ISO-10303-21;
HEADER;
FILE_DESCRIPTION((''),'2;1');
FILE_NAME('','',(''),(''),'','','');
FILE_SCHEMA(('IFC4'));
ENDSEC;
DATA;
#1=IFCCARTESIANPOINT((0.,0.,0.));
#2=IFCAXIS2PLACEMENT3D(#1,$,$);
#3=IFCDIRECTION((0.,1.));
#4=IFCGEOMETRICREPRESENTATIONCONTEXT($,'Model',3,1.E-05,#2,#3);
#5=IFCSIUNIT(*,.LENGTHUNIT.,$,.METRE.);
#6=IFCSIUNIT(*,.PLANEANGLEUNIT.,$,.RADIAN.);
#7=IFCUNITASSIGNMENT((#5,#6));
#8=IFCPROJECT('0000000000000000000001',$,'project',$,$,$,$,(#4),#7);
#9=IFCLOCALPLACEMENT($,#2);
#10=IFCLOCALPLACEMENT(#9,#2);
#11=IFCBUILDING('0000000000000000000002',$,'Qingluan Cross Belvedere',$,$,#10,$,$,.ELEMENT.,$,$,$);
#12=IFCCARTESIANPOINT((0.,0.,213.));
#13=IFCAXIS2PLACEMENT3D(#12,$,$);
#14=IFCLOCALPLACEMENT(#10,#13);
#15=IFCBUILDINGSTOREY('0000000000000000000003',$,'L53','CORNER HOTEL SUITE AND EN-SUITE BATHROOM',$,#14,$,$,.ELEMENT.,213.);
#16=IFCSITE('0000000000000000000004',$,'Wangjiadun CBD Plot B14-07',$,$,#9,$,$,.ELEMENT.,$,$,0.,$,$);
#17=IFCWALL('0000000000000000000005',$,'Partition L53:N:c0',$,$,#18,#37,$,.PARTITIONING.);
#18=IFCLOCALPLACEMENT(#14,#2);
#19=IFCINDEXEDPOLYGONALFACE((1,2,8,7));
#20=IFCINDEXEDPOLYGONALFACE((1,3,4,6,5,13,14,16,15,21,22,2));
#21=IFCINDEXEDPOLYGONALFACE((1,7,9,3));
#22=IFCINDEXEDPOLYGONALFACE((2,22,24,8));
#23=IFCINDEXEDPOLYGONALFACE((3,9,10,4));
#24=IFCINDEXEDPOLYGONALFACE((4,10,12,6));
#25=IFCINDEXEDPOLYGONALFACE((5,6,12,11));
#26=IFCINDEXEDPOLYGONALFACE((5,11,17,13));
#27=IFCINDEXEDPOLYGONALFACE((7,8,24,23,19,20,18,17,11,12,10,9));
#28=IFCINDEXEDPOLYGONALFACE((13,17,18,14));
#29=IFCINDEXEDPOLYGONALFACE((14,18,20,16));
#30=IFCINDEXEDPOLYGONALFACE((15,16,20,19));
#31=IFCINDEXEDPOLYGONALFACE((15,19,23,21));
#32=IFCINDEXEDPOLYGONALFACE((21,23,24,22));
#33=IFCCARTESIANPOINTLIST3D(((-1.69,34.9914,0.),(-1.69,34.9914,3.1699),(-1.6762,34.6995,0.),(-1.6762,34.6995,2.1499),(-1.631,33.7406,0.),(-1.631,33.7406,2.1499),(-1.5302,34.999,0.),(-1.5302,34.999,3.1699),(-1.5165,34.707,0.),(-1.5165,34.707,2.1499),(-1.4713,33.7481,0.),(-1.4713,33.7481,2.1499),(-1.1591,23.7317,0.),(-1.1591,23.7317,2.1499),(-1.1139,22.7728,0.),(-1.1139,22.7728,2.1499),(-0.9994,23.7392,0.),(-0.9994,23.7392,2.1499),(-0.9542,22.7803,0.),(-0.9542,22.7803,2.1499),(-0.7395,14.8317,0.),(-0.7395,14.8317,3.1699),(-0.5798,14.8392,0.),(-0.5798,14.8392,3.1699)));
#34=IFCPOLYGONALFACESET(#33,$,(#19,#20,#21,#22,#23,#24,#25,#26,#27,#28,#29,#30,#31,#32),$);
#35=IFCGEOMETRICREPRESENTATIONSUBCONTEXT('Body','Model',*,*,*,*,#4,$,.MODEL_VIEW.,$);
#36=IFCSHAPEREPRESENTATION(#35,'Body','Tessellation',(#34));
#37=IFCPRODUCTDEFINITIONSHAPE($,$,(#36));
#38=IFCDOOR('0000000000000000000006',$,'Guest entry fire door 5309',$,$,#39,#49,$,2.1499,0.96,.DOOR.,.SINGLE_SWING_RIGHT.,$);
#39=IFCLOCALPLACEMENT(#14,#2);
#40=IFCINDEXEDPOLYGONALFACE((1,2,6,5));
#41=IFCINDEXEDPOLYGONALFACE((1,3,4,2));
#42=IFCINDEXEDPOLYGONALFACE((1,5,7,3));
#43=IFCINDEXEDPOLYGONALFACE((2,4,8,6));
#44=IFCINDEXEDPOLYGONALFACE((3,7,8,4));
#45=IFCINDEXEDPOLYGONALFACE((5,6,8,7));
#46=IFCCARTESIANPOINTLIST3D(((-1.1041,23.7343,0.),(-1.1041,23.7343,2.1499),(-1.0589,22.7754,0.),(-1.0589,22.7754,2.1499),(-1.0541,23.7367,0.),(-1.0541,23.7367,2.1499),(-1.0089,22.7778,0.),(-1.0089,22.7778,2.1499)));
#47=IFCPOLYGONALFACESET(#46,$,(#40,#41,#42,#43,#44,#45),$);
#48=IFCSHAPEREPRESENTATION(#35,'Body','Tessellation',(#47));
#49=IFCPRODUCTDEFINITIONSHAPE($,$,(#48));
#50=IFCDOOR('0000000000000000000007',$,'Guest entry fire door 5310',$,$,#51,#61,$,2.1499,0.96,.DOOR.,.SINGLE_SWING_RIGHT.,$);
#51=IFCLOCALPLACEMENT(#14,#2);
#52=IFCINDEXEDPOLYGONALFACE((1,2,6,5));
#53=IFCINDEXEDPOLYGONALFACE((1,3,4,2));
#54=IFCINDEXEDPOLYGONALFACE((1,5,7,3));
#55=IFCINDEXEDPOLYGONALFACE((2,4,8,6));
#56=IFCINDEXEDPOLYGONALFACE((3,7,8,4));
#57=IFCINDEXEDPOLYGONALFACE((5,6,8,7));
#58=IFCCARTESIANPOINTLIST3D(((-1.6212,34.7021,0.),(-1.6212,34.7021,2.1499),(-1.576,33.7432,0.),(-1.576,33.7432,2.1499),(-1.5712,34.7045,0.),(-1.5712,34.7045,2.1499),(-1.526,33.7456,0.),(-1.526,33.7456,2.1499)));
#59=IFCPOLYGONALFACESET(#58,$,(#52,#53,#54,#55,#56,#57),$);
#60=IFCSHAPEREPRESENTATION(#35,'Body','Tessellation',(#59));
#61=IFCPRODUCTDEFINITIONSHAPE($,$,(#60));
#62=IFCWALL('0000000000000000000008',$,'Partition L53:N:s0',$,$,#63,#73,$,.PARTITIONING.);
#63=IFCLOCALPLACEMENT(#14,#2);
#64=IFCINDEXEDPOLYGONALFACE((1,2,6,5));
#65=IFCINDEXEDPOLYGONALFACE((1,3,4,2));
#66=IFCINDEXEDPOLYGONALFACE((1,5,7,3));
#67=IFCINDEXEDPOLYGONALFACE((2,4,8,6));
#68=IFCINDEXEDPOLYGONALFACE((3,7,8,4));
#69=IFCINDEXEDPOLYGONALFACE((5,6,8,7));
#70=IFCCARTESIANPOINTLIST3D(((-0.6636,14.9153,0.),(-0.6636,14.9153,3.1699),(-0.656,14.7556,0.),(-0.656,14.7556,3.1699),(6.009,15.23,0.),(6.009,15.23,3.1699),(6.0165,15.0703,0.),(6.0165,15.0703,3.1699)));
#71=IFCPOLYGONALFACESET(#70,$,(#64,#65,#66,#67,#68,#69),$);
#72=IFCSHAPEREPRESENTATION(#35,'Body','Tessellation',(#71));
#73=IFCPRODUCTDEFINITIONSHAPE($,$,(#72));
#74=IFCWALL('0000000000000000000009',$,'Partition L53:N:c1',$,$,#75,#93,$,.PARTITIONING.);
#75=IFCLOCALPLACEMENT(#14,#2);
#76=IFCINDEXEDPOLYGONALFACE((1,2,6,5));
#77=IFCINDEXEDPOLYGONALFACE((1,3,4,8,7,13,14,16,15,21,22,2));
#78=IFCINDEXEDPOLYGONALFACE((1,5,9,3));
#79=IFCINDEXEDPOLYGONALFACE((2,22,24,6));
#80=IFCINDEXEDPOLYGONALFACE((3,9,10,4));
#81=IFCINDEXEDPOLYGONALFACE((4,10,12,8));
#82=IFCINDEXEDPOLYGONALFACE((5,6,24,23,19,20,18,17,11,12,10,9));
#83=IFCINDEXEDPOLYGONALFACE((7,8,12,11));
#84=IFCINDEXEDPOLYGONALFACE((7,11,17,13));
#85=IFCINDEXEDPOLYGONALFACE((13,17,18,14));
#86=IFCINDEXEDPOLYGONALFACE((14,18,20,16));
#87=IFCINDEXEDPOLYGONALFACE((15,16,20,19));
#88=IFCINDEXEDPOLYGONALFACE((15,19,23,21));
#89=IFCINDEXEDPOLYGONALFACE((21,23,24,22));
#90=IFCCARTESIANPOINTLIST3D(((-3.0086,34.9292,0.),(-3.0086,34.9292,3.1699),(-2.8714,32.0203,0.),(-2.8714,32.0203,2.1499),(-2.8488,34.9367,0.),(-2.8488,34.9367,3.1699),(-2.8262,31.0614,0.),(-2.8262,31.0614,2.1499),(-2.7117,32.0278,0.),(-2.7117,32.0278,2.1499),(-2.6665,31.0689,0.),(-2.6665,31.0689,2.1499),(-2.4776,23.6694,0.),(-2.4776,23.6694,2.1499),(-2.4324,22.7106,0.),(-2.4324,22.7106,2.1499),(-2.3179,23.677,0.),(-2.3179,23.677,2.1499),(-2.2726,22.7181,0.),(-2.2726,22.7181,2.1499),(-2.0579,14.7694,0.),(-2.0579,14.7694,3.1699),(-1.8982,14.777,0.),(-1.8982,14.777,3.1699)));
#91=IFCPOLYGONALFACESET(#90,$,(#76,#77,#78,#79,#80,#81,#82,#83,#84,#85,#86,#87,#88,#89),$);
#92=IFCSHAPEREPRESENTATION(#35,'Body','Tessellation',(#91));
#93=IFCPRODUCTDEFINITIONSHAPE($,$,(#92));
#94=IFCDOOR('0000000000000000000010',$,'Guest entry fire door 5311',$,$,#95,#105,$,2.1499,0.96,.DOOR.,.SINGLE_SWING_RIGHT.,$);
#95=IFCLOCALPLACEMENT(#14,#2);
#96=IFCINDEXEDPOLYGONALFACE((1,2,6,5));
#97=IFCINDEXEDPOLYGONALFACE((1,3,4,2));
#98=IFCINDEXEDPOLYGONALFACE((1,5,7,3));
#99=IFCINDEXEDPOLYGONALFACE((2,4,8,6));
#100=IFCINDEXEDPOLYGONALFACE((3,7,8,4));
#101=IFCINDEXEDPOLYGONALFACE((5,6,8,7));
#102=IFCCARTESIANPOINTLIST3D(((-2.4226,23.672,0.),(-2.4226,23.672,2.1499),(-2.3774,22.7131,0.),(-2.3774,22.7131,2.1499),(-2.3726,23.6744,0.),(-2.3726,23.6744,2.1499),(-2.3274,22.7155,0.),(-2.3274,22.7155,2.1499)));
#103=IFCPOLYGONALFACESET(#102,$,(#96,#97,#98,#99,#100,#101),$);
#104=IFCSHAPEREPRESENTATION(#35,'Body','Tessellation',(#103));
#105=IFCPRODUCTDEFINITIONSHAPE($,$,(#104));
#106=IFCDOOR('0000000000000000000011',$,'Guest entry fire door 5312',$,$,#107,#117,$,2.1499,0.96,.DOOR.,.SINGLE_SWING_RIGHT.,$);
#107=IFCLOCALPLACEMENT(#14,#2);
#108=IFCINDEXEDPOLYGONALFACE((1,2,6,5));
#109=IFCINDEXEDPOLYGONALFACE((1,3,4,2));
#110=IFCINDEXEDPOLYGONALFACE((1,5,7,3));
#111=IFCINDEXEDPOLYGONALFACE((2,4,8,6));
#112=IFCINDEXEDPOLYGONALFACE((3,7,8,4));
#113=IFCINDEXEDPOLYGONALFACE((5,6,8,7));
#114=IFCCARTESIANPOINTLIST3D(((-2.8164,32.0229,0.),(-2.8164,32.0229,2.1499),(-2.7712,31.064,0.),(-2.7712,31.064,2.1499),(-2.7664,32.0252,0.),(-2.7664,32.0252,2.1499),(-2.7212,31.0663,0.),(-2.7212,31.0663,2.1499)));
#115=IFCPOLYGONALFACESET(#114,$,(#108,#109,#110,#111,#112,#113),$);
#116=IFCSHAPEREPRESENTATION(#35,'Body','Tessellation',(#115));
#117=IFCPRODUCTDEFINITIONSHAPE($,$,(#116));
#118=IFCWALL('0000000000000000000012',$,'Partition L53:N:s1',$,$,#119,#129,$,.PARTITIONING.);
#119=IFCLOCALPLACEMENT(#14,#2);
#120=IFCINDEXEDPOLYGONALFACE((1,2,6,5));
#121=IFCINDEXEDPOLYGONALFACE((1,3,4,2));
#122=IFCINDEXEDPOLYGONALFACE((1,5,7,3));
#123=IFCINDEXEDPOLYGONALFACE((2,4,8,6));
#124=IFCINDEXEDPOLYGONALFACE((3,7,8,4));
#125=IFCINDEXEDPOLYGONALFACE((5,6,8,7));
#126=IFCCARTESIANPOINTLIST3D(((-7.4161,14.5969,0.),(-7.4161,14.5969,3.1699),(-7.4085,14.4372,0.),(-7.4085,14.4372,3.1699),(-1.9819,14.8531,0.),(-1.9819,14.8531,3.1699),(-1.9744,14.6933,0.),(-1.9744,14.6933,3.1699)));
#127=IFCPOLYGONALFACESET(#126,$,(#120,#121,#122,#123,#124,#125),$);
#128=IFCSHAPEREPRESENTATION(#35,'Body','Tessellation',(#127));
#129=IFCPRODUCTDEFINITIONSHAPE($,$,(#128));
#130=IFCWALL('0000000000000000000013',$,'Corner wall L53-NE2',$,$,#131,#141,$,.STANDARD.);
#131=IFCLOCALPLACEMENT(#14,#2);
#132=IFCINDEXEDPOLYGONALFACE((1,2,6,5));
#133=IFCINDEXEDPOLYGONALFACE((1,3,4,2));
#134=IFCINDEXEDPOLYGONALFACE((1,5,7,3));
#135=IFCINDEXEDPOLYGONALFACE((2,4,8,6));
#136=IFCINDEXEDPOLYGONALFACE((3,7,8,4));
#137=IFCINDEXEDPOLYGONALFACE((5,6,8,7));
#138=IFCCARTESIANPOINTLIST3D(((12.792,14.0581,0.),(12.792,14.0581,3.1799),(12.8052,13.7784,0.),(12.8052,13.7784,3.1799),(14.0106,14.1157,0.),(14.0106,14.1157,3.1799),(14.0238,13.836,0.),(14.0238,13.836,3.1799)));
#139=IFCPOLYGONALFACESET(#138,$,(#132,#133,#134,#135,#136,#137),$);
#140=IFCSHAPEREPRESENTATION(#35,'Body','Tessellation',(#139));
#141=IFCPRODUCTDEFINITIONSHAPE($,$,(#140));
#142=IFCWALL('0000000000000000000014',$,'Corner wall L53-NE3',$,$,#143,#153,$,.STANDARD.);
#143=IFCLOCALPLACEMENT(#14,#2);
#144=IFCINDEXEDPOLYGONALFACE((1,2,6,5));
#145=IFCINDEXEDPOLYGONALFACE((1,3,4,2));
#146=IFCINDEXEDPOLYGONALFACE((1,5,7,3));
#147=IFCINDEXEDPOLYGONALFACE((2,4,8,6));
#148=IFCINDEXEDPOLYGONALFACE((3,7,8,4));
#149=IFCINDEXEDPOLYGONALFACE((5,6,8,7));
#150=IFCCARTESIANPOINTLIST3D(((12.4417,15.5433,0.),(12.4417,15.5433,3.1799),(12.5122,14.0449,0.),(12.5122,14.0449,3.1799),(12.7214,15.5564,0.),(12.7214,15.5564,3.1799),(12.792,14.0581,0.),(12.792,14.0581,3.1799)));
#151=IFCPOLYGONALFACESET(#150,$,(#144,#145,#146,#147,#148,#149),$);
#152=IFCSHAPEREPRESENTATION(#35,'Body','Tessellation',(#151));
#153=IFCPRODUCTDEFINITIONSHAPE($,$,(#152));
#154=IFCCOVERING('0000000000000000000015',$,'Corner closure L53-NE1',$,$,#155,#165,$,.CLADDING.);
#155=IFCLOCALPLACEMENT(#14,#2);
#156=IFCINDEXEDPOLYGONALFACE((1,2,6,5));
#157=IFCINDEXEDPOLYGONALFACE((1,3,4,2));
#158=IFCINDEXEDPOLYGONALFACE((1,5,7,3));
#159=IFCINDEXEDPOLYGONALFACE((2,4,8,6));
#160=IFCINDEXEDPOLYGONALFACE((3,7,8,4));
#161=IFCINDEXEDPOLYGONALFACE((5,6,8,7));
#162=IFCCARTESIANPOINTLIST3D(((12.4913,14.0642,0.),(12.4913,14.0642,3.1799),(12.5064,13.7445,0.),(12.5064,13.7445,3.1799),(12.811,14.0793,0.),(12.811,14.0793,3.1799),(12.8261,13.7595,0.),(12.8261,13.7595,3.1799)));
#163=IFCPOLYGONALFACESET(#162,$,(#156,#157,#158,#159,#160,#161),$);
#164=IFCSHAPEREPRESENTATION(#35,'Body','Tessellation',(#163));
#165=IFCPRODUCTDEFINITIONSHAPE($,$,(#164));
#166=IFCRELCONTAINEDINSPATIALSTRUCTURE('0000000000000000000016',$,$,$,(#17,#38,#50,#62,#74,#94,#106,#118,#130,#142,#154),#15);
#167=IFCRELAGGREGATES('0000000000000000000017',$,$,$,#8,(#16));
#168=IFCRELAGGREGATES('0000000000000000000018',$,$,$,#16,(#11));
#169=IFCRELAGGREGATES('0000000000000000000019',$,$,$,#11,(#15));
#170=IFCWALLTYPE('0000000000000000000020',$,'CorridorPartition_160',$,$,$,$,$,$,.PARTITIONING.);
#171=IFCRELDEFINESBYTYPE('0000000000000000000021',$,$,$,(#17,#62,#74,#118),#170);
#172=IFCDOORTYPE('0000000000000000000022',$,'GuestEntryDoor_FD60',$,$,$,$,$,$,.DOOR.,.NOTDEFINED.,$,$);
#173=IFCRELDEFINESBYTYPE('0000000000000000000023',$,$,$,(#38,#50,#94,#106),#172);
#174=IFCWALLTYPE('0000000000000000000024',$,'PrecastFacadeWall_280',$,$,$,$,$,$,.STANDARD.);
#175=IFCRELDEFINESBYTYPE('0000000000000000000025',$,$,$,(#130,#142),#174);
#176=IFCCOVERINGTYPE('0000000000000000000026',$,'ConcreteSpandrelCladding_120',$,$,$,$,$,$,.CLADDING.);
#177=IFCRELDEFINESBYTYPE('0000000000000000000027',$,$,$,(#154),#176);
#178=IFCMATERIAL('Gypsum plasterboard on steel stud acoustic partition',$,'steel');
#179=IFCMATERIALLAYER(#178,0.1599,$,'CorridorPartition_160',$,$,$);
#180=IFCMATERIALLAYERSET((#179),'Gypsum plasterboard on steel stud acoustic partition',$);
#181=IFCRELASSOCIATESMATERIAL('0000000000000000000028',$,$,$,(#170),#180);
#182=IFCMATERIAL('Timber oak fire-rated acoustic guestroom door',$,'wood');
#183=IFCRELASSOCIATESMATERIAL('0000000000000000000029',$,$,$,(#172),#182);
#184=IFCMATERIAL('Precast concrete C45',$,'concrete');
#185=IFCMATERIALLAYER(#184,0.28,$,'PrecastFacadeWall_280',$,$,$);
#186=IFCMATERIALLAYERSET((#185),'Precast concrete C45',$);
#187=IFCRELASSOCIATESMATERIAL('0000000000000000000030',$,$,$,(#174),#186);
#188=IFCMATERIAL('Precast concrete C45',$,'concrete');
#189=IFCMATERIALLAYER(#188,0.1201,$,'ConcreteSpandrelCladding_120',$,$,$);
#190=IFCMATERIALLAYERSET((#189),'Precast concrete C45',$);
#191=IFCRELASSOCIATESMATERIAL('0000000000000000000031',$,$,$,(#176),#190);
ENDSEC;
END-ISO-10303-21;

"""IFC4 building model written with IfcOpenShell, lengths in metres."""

from ifc_helpers import new_model, si_unit, direction, frame, frame_2d, origin, origin_2d, place, context, subcontext, project, spatial, rectangle, extrude, material, layer, layer_set, type_object, element, fill, save


model = new_model("IFC4")

# Units and contexts
model_context = context("Model", 3, precision=1e-05, world=origin(), true_north=direction((0.0, 1.0)))
body_context = subcontext(model_context, "Body", "Model", "MODEL_VIEW")
ifc_project = project(units=[si_unit("LENGTHUNIT", "METRE"), si_unit("PLANEANGLEUNIT", "RADIAN")], contexts=[model_context])

# Site, building, storey
site_placement = place(None, origin())
site = spatial("IfcSite", under=ifc_project, at=site_placement, Name="Wangjiadun CBD Plot B14-07", CompositionType="ELEMENT", RefElevation=0.0)
building_placement = place(site_placement, origin())
building = spatial("IfcBuilding", under=site, at=building_placement, Name="Qingluan Cross Belvedere", CompositionType="ELEMENT")
storey_placement = place(building_placement, frame((0.0, 0.0, 213.0)))
storey = spatial("IfcBuildingStorey", under=building, at=storey_placement, Name="L53", Description="CORNER HOTEL SUITE AND EN-SUITE BATHROOM", CompositionType="ELEMENT", Elevation=213.0)

# Shared definitions
ifc_material_1 = material(Name="Gypsum plasterboard on steel stud acoustic partition", Category="steel")
ifc_layer_1 = layer(ifc_material_1, 0.1599, Name="CorridorPartition_160")
ifc_layer_set_1 = layer_set([ifc_layer_1], Name="Gypsum plasterboard on steel stud acoustic partition")
wall_type_1 = type_object("IfcWallType", Name="CorridorPartition_160", PredefinedType="PARTITIONING", material=ifc_layer_set_1)

# Wall, openings, doors
wall_1_placement = place(storey_placement, frame((-0.6597, 14.8354, 0.0), z_axis=(0.0, 0.0, 1.0), x_axis=(-0.047093, 0.99889, 0.0)))
wall_1 = element("IfcWall", 1, at=wall_1_placement, inside=storey, type_object=wall_type_1, Name="Partition L53:N:c0", PredefinedType="PARTITIONING", context=body_context, shape_type="SweptSolid", body=[
    extrude(rectangle(XDim=20.1821, YDim=0.1599, at=frame_2d((10.0911, 0.0))), origin(), (0.0, 0.0, 1.0), 3.1699),
])
opening_1_placement = place(wall_1_placement, frame((7.95, 0.0, 0.0)))
opening_1 = element("IfcOpeningElement", 2, at=opening_1_placement, cuts=wall_1, PredefinedType="OPENING", context=body_context, shape_type="SweptSolid", body=[
    extrude(rectangle(XDim=0.96, YDim=2.1499, at=frame_2d((0.48, 1.075))), frame((0.0, 0.0898, 0.0), z_axis=(0.0, -1.0, 0.0), x_axis=(1.0, 0.0, 0.0)), (0.0, 0.0, 1.0), 0.1799),
])
opening_2_placement = place(wall_1_placement, frame((18.9299, 0.0, 0.0)))
opening_2 = element("IfcOpeningElement", 3, at=opening_2_placement, cuts=wall_1, PredefinedType="OPENING", context=body_context, shape_type="SweptSolid", body=[
    extrude(rectangle(XDim=0.96, YDim=2.1499, at=frame_2d((0.48, 1.075))), frame((0.0, 0.0898, 0.0), z_axis=(0.0, -1.0, 0.0), x_axis=(1.0, 0.0, 0.0)), (0.0, 0.0, 1.0), 0.1799),
])
ifc_material_2 = material(Name="Timber oak fire-rated acoustic guestroom door", Category="wood")
door_type = type_object("IfcDoorType", Name="GuestEntryDoor_FD60", OperationType="NOTDEFINED", PredefinedType="DOOR", material=ifc_material_2)
door_1_placement = place(opening_1_placement, origin())
door_1 = element("IfcDoor", 4, at=door_1_placement, inside=storey, type_object=door_type, Name="Guest entry fire door 5309", OperationType="SINGLE_SWING_RIGHT", OverallHeight=2.1499, OverallWidth=0.96, PredefinedType="DOOR", context=body_context, shape_type="SweptSolid", body=[
    extrude(rectangle(XDim=0.96, YDim=2.1499, at=frame_2d((0.48, 1.075))), frame((0.0, 0.0249, 0.0), z_axis=(0.0, -1.0, 0.0), x_axis=(1.0, 0.0, 0.0)), (0.0, 0.0, 1.0), 0.05),
])
fill(opening_1, door_1)
door_2_placement = place(opening_2_placement, origin())
door_2 = element("IfcDoor", 5, at=door_2_placement, inside=storey, type_object=door_type, Name="Guest entry fire door 5310", OperationType="SINGLE_SWING_RIGHT", OverallHeight=2.1499, OverallWidth=0.96, PredefinedType="DOOR", context=body_context, shape_type="SweptSolid", body=[
    extrude(rectangle(XDim=0.96, YDim=2.1499, at=frame_2d((0.48, 1.075))), frame((0.0, 0.0249, 0.0), z_axis=(0.0, -1.0, 0.0), x_axis=(1.0, 0.0, 0.0)), (0.0, 0.0, 1.0), 0.05),
])
fill(opening_2, door_2)

# Wall
wall_2_placement = place(storey_placement, frame((-0.6597, 14.8354, 0.0), z_axis=(0.0, 0.0, 1.0), x_axis=(0.99889, 0.04711, 0.0)))
element("IfcWall", 6, at=wall_2_placement, inside=storey, type_object=wall_type_1, Name="Partition L53:N:s0", PredefinedType="PARTITIONING", context=body_context, shape_type="SweptSolid", body=[
    extrude(rectangle(XDim=6.6799, YDim=0.1599, at=frame_2d((3.3398, 0.0))), origin(), (0.0, 0.0, 1.0), 3.1699),
])

# Wall, openings, doors
wall_3_placement = place(storey_placement, frame((-1.978, 14.7732, 0.0), z_axis=(0.0, 0.0, 1.0), x_axis=(-0.047105, 0.99889, 0.0)))
wall_3 = element("IfcWall", 7, at=wall_3_placement, inside=storey, type_object=wall_type_1, Name="Partition L53:N:c1", PredefinedType="PARTITIONING", context=body_context, shape_type="SweptSolid", body=[
    extrude(rectangle(XDim=20.1821, YDim=0.1599, at=frame_2d((10.0911, 0.0))), origin(), (0.0, 0.0, 1.0), 3.1699),
])
opening_3_placement = place(wall_3_placement, frame((7.95, 0.0, 0.0)))
opening_3 = element("IfcOpeningElement", 8, at=opening_3_placement, cuts=wall_3, PredefinedType="OPENING", context=body_context, shape_type="SweptSolid", body=[
    extrude(rectangle(XDim=0.96, YDim=2.1499, at=frame_2d((0.48, 1.075))), frame((0.0, 0.0898, 0.0), z_axis=(0.0, -1.0, 0.0), x_axis=(1.0, 0.0, 0.0)), (0.0, 0.0, 1.0), 0.1799),
])
opening_4_placement = place(wall_3_placement, frame((16.3101, 0.0, 0.0)))
opening_4 = element("IfcOpeningElement", 9, at=opening_4_placement, cuts=wall_3, PredefinedType="OPENING", context=body_context, shape_type="SweptSolid", body=[
    extrude(rectangle(XDim=0.96, YDim=2.1499, at=frame_2d((0.48, 1.075))), frame((0.0, 0.0898, 0.0), z_axis=(0.0, -1.0, 0.0), x_axis=(1.0, 0.0, 0.0)), (0.0, 0.0, 1.0), 0.1799),
])
door_3_placement = place(opening_3_placement, origin())
door_3 = element("IfcDoor", 10, at=door_3_placement, inside=storey, type_object=door_type, Name="Guest entry fire door 5311", OperationType="SINGLE_SWING_RIGHT", OverallHeight=2.1499, OverallWidth=0.96, PredefinedType="DOOR", context=body_context, shape_type="SweptSolid", body=[
    extrude(rectangle(XDim=0.96, YDim=2.1499, at=frame_2d((0.48, 1.075))), frame((0.0, 0.0249, 0.0), z_axis=(0.0, -1.0, 0.0), x_axis=(1.0, 0.0, 0.0)), (0.0, 0.0, 1.0), 0.05),
])
fill(opening_3, door_3)
door_4_placement = place(opening_4_placement, origin())
door_4 = element("IfcDoor", 11, at=door_4_placement, inside=storey, type_object=door_type, Name="Guest entry fire door 5312", OperationType="SINGLE_SWING_RIGHT", OverallHeight=2.1499, OverallWidth=0.96, PredefinedType="DOOR", context=body_context, shape_type="SweptSolid", body=[
    extrude(rectangle(XDim=0.96, YDim=2.1499, at=frame_2d((0.48, 1.075))), frame((0.0, 0.0249, 0.0), z_axis=(0.0, -1.0, 0.0), x_axis=(1.0, 0.0, 0.0)), (0.0, 0.0, 1.0), 0.05),
])
fill(opening_4, door_4)

# Walls
wall_4_placement = place(storey_placement, frame((-1.978, 14.7732, 0.0), z_axis=(0.0, 0.0, 1.0), x_axis=(-0.998891, -0.047077, 0.0)))
element("IfcWall", 12, at=wall_4_placement, inside=storey, type_object=wall_type_1, Name="Partition L53:N:s1", PredefinedType="PARTITIONING", context=body_context, shape_type="SweptSolid", body=[
    extrude(rectangle(XDim=5.4402, YDim=0.1599, at=frame_2d((2.7202, 0.0))), origin(), (0.0, 0.0, 1.0), 3.1699),
])
ifc_material_3 = material(Name="Precast concrete C45", Category="concrete")
ifc_layer_2 = layer(ifc_material_3, 0.28, Name="PrecastFacadeWall_280")
ifc_layer_set_2 = layer_set([ifc_layer_2], Name="Precast concrete C45")
wall_type_2 = type_object("IfcWallType", Name="PrecastFacadeWall_280", PredefinedType="STANDARD", material=ifc_layer_set_2)
wall_5_placement = place(storey_placement, frame((14.0171, 13.9758, 0.0), z_axis=(0.0, 0.0, 1.0), x_axis=(-0.998884, -0.047232, 0.0)))
element("IfcWall", 13, at=wall_5_placement, inside=storey, type_object=wall_type_2, Name="Corner wall L53-NE2", PredefinedType="STANDARD", context=body_context, shape_type="SweptSolid", body=[
    extrude(rectangle(XDim=1.22, YDim=0.28, at=frame_2d((0.6099, 0.0))), origin(), (0.0, 0.0, 1.0), 3.1799),
])
wall_6_placement = place(storey_placement, frame((12.6521, 14.0515, 0.0), z_axis=(0.0, 0.0, 1.0), x_axis=(-0.047039, 0.998893, 0.0)))
element("IfcWall", 14, at=wall_6_placement, inside=storey, type_object=wall_type_2, Name="Corner wall L53-NE3", PredefinedType="STANDARD", context=body_context, shape_type="SweptSolid", body=[
    extrude(rectangle(XDim=1.5, YDim=0.28, at=frame_2d((0.75, 0.0))), origin(), (0.0, 0.0, 1.0), 3.1799),
])

# Covering
ifc_material_4 = material(Name="Precast concrete C45", Category="concrete")
ifc_layer_3 = layer(ifc_material_4, 0.1201, Name="ConcreteSpandrelCladding_120")
ifc_layer_set_3 = layer_set([ifc_layer_3], Name="Precast concrete C45")
covering_type = type_object("IfcCoveringType", Name="ConcreteSpandrelCladding_120", PredefinedType="CLADDING", material=ifc_layer_set_3)
covering_placement = place(storey_placement, frame((12.6587, 13.9119, 0.0), z_axis=(0.0, 0.0, 1.0), x_axis=(0.99889, 0.047106, 0.0)))
element("IfcCovering", 15, at=covering_placement, inside=storey, type_object=covering_type, Name="Corner closure L53-NE1", PredefinedType="CLADDING", context=body_context, shape_type="SweptSolid", body=[
    extrude(rectangle(XDim=0.3201, YDim=0.3201, at=origin_2d()), origin(), (0.0, 0.0, 1.0), 3.1799),
])

save(model, "model.ifc")
